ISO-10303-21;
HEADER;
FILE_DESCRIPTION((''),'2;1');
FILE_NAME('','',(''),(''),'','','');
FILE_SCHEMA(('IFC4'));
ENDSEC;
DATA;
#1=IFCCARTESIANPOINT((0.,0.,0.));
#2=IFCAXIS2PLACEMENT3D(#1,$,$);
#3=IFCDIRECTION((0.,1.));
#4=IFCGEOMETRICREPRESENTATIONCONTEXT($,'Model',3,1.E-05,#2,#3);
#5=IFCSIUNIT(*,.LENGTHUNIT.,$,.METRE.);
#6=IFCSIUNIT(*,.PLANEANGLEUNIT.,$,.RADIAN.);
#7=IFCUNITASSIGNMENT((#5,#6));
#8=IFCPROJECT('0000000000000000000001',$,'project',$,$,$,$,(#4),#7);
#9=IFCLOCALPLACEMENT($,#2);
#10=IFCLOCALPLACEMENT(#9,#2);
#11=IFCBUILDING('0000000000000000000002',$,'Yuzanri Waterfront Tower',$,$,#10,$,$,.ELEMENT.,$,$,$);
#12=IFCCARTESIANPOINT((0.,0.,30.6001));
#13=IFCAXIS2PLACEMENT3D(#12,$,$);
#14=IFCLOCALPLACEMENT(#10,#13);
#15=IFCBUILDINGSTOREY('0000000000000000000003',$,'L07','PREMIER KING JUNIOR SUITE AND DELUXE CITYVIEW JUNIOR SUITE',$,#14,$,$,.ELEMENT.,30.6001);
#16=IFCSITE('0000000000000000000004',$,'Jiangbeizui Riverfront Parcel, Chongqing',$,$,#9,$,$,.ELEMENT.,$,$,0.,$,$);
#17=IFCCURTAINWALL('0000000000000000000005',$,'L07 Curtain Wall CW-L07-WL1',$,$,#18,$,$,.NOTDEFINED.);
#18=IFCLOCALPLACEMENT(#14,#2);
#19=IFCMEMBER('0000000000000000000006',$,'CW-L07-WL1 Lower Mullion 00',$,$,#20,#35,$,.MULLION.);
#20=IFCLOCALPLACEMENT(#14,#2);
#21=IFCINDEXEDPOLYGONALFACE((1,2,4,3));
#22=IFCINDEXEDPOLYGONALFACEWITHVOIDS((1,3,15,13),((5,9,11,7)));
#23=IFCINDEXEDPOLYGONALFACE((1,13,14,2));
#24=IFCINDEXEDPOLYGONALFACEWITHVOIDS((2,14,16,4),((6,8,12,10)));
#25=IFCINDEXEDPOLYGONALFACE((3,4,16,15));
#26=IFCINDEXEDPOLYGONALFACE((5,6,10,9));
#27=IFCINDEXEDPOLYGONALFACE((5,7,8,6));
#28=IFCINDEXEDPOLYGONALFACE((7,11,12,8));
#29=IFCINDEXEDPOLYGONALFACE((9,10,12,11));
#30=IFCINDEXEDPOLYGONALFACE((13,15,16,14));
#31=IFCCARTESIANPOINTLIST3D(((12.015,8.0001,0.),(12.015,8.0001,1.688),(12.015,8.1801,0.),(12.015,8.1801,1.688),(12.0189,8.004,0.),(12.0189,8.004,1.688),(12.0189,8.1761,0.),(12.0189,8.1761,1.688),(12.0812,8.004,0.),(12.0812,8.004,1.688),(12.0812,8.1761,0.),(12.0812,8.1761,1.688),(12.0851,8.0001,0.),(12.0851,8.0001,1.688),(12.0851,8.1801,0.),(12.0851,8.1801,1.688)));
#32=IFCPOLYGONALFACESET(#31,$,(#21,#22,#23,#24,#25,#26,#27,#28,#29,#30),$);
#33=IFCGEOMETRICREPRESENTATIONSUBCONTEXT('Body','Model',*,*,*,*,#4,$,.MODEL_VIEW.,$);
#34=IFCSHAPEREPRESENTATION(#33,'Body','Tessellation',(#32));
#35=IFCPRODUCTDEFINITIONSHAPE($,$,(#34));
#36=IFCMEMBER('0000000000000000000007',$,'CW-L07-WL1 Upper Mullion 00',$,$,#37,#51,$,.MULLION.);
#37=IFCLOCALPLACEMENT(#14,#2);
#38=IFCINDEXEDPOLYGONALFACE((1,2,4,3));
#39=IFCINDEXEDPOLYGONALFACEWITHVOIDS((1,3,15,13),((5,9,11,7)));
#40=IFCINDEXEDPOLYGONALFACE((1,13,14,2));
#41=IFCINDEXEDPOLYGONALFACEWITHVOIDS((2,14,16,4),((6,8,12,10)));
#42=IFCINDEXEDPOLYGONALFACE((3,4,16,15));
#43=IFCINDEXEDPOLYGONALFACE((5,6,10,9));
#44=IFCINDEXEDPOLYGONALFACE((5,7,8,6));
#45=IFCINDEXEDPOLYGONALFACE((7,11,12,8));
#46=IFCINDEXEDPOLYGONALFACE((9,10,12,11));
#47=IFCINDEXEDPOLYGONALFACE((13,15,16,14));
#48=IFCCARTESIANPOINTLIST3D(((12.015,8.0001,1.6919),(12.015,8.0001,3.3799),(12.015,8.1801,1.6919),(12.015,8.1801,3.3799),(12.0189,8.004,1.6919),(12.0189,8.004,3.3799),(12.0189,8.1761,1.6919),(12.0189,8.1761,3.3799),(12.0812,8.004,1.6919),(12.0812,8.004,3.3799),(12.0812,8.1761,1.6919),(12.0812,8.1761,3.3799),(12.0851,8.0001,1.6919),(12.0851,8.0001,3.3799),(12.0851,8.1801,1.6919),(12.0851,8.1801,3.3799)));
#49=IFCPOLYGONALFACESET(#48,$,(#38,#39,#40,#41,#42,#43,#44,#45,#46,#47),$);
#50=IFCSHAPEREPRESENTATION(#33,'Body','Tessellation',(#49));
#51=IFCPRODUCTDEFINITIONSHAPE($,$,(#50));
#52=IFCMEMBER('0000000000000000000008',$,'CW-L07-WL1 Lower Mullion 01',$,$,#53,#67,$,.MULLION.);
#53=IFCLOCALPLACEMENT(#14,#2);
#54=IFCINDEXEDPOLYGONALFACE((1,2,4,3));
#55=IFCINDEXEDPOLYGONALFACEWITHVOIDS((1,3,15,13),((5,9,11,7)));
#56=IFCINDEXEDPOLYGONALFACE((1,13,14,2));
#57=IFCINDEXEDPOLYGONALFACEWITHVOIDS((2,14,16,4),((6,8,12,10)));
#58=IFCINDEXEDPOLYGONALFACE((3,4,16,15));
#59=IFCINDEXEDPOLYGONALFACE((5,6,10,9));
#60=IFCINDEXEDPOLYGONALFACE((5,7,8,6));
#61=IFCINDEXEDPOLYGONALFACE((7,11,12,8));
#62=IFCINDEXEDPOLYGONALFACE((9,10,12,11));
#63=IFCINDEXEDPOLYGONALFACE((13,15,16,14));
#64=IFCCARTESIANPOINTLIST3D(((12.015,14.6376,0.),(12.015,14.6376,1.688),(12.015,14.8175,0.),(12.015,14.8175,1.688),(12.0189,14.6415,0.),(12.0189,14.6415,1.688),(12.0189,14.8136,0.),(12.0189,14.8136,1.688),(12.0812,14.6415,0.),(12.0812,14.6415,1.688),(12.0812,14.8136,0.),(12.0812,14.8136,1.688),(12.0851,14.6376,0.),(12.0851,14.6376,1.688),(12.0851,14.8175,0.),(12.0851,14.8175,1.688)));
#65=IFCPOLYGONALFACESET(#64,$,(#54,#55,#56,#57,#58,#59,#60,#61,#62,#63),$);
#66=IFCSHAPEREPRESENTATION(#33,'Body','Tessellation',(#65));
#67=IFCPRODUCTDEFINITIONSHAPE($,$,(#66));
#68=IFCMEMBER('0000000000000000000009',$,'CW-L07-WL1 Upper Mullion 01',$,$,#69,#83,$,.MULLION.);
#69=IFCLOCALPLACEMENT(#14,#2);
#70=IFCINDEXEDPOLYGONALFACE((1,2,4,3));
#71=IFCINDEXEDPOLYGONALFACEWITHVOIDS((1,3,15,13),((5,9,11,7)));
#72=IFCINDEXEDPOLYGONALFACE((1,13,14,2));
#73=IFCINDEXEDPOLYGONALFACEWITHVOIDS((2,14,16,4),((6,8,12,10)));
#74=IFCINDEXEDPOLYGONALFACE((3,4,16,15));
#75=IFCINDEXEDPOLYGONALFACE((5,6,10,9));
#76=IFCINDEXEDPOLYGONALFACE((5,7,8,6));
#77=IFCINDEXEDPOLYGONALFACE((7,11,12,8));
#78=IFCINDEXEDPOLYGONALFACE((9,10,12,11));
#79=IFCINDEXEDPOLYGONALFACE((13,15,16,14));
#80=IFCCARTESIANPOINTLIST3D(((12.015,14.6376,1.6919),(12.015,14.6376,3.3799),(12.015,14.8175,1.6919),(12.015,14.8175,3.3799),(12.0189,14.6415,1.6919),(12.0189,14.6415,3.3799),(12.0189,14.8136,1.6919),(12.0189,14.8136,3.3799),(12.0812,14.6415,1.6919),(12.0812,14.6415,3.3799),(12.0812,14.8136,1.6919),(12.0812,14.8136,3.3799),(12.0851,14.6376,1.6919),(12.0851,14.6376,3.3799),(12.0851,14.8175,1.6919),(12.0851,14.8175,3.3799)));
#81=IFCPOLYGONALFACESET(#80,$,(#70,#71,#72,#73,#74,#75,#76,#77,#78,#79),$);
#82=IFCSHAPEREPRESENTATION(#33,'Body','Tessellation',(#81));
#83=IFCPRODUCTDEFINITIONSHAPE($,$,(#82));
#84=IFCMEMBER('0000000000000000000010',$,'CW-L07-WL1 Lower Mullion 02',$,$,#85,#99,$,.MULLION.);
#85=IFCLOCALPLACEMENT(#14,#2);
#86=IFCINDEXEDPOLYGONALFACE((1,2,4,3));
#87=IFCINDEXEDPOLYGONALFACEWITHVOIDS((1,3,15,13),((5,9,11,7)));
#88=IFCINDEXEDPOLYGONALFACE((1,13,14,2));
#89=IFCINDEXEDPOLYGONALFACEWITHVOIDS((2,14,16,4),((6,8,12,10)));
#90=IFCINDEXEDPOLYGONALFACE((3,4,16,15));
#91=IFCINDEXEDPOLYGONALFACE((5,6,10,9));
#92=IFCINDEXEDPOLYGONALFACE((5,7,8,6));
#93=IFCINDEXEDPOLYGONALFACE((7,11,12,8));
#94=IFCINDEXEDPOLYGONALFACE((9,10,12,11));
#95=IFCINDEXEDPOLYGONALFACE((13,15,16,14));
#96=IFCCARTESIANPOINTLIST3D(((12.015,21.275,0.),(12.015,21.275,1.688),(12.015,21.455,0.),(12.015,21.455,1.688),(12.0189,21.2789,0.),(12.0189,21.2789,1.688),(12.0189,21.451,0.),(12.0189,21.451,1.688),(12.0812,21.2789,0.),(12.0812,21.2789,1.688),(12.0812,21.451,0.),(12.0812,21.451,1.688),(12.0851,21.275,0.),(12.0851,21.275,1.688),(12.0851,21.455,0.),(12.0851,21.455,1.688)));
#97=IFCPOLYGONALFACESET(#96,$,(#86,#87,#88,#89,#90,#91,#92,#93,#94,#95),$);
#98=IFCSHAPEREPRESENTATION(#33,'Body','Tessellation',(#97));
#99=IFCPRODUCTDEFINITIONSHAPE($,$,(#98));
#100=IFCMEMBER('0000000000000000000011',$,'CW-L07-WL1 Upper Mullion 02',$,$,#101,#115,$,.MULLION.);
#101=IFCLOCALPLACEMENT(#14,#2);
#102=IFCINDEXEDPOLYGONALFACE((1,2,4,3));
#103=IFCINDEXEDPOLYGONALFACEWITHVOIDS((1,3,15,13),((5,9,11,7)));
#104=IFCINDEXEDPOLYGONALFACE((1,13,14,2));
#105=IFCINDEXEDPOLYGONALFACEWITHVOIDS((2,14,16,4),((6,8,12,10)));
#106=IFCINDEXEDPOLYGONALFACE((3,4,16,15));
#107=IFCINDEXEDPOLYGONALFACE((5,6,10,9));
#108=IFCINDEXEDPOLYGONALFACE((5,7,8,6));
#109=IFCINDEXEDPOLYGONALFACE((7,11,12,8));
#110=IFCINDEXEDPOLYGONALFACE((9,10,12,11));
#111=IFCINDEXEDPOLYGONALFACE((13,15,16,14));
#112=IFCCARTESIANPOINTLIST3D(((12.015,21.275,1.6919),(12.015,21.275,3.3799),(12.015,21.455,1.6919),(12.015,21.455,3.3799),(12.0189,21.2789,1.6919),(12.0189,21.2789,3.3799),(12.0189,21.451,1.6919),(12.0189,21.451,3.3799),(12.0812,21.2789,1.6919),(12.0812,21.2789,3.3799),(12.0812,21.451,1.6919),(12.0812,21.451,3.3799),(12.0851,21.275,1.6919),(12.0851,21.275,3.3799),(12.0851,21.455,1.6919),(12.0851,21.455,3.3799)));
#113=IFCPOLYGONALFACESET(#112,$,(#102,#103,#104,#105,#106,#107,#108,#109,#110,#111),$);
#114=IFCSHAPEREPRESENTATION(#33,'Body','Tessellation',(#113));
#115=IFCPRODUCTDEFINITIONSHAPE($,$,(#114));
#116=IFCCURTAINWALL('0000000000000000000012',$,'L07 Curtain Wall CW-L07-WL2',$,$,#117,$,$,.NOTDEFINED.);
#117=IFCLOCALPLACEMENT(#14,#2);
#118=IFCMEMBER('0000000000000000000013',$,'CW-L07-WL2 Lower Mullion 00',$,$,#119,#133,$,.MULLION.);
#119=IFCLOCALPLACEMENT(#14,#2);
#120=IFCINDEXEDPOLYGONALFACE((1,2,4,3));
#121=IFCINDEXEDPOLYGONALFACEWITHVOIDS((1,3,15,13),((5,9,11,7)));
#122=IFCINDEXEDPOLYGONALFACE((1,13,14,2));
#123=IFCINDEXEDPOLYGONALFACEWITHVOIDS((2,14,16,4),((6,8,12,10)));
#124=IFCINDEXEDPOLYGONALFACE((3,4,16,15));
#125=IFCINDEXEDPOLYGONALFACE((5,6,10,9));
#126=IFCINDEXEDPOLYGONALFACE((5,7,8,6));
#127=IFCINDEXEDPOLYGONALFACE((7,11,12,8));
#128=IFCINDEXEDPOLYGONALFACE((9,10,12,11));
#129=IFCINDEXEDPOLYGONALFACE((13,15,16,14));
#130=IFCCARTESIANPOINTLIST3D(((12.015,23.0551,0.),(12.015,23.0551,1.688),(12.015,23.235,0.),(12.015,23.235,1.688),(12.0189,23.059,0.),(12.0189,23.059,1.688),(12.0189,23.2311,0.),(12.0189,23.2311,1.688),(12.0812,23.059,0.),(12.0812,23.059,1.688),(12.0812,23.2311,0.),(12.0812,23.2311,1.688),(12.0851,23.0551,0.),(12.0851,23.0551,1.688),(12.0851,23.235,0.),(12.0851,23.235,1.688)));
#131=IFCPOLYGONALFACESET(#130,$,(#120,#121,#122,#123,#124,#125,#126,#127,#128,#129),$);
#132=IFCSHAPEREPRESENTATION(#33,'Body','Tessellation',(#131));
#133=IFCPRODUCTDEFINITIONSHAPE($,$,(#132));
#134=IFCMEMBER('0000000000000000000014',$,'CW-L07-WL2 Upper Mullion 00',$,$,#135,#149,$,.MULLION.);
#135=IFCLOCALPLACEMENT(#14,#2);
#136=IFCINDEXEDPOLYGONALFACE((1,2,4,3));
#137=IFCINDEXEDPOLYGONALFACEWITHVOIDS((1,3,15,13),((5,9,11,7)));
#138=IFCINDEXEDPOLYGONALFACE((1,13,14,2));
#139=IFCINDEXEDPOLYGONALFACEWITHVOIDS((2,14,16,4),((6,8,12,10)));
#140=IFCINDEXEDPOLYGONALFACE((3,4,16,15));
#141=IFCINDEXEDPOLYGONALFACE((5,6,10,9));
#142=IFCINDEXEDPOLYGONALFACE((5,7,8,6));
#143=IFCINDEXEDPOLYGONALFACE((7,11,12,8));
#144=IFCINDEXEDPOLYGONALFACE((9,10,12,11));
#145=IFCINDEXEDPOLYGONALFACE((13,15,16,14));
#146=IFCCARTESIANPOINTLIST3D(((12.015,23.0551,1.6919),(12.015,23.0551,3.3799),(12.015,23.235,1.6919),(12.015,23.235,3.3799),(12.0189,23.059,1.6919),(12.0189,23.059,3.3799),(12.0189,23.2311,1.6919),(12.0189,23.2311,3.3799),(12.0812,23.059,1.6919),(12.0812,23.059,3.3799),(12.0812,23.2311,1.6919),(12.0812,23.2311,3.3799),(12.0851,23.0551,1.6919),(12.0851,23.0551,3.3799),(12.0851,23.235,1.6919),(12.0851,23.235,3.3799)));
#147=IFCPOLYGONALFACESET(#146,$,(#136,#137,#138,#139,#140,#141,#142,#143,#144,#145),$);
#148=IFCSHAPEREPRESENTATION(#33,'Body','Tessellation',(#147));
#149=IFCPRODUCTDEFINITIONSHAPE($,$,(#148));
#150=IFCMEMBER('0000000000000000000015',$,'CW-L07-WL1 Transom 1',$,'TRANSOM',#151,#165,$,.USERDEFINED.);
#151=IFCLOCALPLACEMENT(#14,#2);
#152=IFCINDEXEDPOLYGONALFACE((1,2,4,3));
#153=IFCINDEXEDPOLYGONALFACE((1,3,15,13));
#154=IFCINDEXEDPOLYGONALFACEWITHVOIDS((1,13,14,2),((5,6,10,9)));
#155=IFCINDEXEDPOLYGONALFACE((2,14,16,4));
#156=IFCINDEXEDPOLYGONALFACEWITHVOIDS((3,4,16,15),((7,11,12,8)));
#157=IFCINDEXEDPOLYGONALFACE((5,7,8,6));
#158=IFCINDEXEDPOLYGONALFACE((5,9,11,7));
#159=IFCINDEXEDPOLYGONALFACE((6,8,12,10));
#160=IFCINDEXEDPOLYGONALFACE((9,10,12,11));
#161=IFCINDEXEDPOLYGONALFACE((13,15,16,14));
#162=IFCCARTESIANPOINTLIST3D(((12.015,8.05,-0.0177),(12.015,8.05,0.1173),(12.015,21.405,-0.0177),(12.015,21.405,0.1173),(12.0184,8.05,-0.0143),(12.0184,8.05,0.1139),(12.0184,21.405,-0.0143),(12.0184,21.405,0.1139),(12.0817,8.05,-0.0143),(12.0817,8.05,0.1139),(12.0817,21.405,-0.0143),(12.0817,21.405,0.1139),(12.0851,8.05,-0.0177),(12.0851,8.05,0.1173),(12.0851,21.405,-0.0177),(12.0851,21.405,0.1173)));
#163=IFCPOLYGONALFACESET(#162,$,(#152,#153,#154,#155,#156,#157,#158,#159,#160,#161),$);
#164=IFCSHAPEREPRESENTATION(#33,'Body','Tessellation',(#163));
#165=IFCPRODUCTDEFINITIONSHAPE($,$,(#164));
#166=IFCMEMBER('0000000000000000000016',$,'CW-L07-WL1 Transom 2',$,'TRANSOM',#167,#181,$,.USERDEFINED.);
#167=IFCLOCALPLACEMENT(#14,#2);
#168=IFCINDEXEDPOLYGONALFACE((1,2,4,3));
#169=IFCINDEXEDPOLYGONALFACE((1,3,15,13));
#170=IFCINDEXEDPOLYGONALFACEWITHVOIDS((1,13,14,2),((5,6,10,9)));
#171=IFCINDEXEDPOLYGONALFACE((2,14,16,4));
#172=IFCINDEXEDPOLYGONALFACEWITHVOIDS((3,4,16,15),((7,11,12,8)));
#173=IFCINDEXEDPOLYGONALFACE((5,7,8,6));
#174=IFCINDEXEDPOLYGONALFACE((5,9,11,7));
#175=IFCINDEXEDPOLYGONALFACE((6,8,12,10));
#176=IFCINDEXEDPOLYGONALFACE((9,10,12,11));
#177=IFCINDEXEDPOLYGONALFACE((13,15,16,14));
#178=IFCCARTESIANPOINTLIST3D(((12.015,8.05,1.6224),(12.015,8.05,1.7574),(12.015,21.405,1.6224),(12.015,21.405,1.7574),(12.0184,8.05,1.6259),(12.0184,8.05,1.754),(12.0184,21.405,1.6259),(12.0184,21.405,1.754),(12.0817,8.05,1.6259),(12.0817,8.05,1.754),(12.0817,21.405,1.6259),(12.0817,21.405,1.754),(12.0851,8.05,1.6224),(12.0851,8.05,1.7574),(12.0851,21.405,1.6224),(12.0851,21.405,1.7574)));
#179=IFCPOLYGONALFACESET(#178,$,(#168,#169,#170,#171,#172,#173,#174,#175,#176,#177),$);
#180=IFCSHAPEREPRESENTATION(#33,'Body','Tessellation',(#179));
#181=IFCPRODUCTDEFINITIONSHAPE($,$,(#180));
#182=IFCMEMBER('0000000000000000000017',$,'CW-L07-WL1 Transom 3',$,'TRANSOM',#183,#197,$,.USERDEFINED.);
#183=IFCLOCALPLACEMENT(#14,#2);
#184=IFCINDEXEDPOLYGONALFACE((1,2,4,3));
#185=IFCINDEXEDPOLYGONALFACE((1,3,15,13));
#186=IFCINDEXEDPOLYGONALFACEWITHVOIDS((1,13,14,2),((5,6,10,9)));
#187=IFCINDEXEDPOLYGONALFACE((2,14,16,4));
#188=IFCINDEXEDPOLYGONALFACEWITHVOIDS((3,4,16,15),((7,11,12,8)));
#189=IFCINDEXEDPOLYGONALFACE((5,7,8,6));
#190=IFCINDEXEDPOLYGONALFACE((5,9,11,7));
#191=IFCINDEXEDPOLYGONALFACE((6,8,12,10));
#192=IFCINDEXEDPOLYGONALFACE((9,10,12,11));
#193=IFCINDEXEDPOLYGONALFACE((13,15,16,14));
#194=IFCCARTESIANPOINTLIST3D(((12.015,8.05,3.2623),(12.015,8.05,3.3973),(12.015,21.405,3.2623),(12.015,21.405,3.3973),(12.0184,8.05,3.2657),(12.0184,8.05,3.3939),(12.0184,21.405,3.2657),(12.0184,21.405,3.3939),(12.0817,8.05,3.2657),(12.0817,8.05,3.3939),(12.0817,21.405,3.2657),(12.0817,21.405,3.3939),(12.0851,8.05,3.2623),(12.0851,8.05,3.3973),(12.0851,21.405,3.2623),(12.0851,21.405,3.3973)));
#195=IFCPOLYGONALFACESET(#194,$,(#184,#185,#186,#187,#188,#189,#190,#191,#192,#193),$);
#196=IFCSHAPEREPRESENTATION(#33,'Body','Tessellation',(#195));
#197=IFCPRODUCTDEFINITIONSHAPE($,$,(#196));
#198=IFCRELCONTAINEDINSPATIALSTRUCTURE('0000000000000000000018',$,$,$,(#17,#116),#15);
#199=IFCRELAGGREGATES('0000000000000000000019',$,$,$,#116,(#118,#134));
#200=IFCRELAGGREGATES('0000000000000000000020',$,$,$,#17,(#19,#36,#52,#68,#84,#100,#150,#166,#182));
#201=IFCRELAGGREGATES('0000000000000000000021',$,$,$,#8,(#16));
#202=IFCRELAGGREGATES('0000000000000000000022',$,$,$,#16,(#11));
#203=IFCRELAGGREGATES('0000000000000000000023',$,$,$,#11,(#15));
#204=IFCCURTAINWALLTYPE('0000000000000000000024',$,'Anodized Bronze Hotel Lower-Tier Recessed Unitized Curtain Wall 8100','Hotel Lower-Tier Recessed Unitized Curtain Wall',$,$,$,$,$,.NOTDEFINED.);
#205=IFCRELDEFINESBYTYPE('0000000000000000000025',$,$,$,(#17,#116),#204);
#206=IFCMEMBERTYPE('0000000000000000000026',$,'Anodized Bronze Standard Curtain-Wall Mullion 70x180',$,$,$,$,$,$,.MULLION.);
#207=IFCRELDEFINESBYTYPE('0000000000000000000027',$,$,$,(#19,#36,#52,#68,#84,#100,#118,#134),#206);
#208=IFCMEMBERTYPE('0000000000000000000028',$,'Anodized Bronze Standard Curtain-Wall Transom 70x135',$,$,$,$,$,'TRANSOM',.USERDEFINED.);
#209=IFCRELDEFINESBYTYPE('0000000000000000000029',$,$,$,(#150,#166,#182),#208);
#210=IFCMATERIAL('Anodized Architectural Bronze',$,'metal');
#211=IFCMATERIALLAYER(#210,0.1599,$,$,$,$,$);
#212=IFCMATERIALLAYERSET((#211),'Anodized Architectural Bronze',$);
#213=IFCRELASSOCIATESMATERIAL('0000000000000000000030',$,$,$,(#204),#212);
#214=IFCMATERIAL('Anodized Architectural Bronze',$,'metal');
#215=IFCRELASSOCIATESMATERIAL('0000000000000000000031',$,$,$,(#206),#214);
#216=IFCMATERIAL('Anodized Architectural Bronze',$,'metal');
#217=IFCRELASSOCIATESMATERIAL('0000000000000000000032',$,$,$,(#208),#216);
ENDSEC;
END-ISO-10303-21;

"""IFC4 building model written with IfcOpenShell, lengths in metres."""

from ifc_helpers import new_model, si_unit, direction, frame, origin, origin_2d, place, context, subcontext, project, spatial, hollow_rectangle, extrude, source, transform, mapped, material, layer, layer_set, material_profile, profile_set, type_object, element, aggregate, save


model = new_model("IFC4")

# Units and contexts
model_context = context("Model", 3, precision=1e-05, world=origin(), true_north=direction((0.0, 1.0)))
body_context = subcontext(model_context, "Body", "Model", "MODEL_VIEW")
ifc_project = project(units=[si_unit("LENGTHUNIT", "METRE"), si_unit("PLANEANGLEUNIT", "RADIAN")], contexts=[model_context])

# Site, building, storey
site_placement = place(None, origin())
site = spatial("IfcSite", under=ifc_project, at=site_placement, Name="Jiangbeizui Riverfront Parcel, Chongqing", CompositionType="ELEMENT", RefElevation=0.0)
building_placement = place(site_placement, origin())
building = spatial("IfcBuilding", under=site, at=building_placement, Name="Yuzanri Waterfront Tower", CompositionType="ELEMENT")
storey_placement = place(building_placement, frame((0.0, 0.0, 30.6001)))
storey = spatial("IfcBuildingStorey", under=building, at=storey_placement, Name="L07", Description="PREMIER KING JUNIOR SUITE AND DELUXE CITYVIEW JUNIOR SUITE", CompositionType="ELEMENT", Elevation=30.6001)

# Curtain walls, members
ifc_material_1 = material(Name="Anodized Architectural Bronze", Category="metal")
ifc_layer_1 = layer(ifc_material_1, 0.1599)
ifc_layer_set_1 = layer_set([ifc_layer_1], Name="Anodized Architectural Bronze")
curtain_wall_type = type_object("IfcCurtainWallType", Name="Anodized Bronze Hotel Lower-Tier Recessed Unitized Curtain Wall 8100", Description="Hotel Lower-Tier Recessed Unitized Curtain Wall", PredefinedType="NOTDEFINED", material=ifc_layer_set_1)
curtain_wall_1_placement = place(storey_placement, origin())
curtain_wall_1 = element("IfcCurtainWall", 1, at=curtain_wall_1_placement, inside=storey, type_object=curtain_wall_type, Name="L07 Curtain Wall CW-L07-WL1", PredefinedType="NOTDEFINED")
ifc_material_2 = material(Name="Anodized Architectural Bronze", Category="metal")
ifc_material_profile_1 = material_profile(ifc_material_2, hollow_rectangle(XDim=0.0701, YDim=0.1799, WallThickness=0.0039, at=origin_2d()), Name="CWM 70x180")
ifc_profile_set_1 = profile_set([ifc_material_profile_1], Name="Anodized Architectural Bronze")
member_type_1 = type_object("IfcMemberType", Name="Anodized Bronze Standard Curtain-Wall Mullion 70x180", PredefinedType="MULLION", material=ifc_profile_set_1)
shared_shape_1 = source(origin(), body_context, "Body", "SweptSolid", [
    extrude(hollow_rectangle(XDim=0.0701, YDim=0.1799, WallThickness=0.0039, at=origin_2d()), origin(), (0.0, 0.0, 1.0), 1.688),
])
member_1_placement = place(storey_placement, frame((12.05, 8.0901, 0.0), z_axis=(0.0, 0.0, 1.0), x_axis=(1.0, 0.0, 0.0)))
member_1 = element("IfcMember", 2, at=member_1_placement, type_object=member_type_1, Name="CW-L07-WL1 Lower Mullion 00", PredefinedType="MULLION", context=body_context, shape_type="MappedRepresentation", body=[
    mapped(shared_shape_1, transform((0.0, 0.0, 0.0), scale=1.0)),
])
member_2_placement = place(storey_placement, frame((12.05, 8.0901, 1.6919), z_axis=(0.0, 0.0, 1.0), x_axis=(1.0, 0.0, 0.0)))
member_2 = element("IfcMember", 3, at=member_2_placement, type_object=member_type_1, Name="CW-L07-WL1 Upper Mullion 00", PredefinedType="MULLION", context=body_context, shape_type="MappedRepresentation", body=[
    mapped(shared_shape_1, transform((0.0, 0.0, 0.0), scale=1.0)),
])
member_3_placement = place(storey_placement, frame((12.05, 14.7275, 0.0), z_axis=(0.0, 0.0, 1.0), x_axis=(1.0, 0.0, 0.0)))
member_3 = element("IfcMember", 4, at=member_3_placement, type_object=member_type_1, Name="CW-L07-WL1 Lower Mullion 01", PredefinedType="MULLION", context=body_context, shape_type="MappedRepresentation", body=[
    mapped(shared_shape_1, transform((0.0, 0.0, 0.0), scale=1.0)),
])
member_4_placement = place(storey_placement, frame((12.05, 14.7275, 1.6919), z_axis=(0.0, 0.0, 1.0), x_axis=(1.0, 0.0, 0.0)))
member_4 = element("IfcMember", 5, at=member_4_placement, type_object=member_type_1, Name="CW-L07-WL1 Upper Mullion 01", PredefinedType="MULLION", context=body_context, shape_type="MappedRepresentation", body=[
    mapped(shared_shape_1, transform((0.0, 0.0, 0.0), scale=1.0)),
])
member_5_placement = place(storey_placement, frame((12.05, 21.365, 0.0), z_axis=(0.0, 0.0, 1.0), x_axis=(1.0, 0.0, 0.0)))
member_5 = element("IfcMember", 6, at=member_5_placement, type_object=member_type_1, Name="CW-L07-WL1 Lower Mullion 02", PredefinedType="MULLION", context=body_context, shape_type="MappedRepresentation", body=[
    mapped(shared_shape_1, transform((0.0, 0.0, 0.0), scale=1.0)),
])
member_6_placement = place(storey_placement, frame((12.05, 21.365, 1.6919), z_axis=(0.0, 0.0, 1.0), x_axis=(1.0, 0.0, 0.0)))
member_6 = element("IfcMember", 7, at=member_6_placement, type_object=member_type_1, Name="CW-L07-WL1 Upper Mullion 02", PredefinedType="MULLION", context=body_context, shape_type="MappedRepresentation", body=[
    mapped(shared_shape_1, transform((0.0, 0.0, 0.0), scale=1.0)),
])
curtain_wall_2_placement = place(storey_placement, origin())
curtain_wall_2 = element("IfcCurtainWall", 8, at=curtain_wall_2_placement, inside=storey, type_object=curtain_wall_type, Name="L07 Curtain Wall CW-L07-WL2", PredefinedType="NOTDEFINED")
member_7_placement = place(storey_placement, frame((12.05, 23.145, 0.0), z_axis=(0.0, 0.0, 1.0), x_axis=(1.0, 0.0, 0.0)))
member_7 = element("IfcMember", 9, at=member_7_placement, type_object=member_type_1, Name="CW-L07-WL2 Lower Mullion 00", PredefinedType="MULLION", context=body_context, shape_type="MappedRepresentation", body=[
    mapped(shared_shape_1, transform((0.0, 0.0, 0.0), scale=1.0)),
])
member_8_placement = place(storey_placement, frame((12.05, 23.145, 1.6919), z_axis=(0.0, 0.0, 1.0), x_axis=(1.0, 0.0, 0.0)))
member_8 = element("IfcMember", 10, at=member_8_placement, type_object=member_type_1, Name="CW-L07-WL2 Upper Mullion 00", PredefinedType="MULLION", context=body_context, shape_type="MappedRepresentation", body=[
    mapped(shared_shape_1, transform((0.0, 0.0, 0.0), scale=1.0)),
])

# Members
ifc_material_3 = material(Name="Anodized Architectural Bronze", Category="metal")
ifc_material_profile_2 = material_profile(ifc_material_3, hollow_rectangle(XDim=0.0701, YDim=0.135, WallThickness=0.0034, at=origin_2d()), Name="CWT 70x135")
ifc_profile_set_2 = profile_set([ifc_material_profile_2], Name="Anodized Architectural Bronze")
member_type_2 = type_object("IfcMemberType", Name="Anodized Bronze Standard Curtain-Wall Transom 70x135", ElementType="TRANSOM", PredefinedType="USERDEFINED", material=ifc_profile_set_2)
shared_shape_2 = source(origin(), body_context, "Body", "SweptSolid", [
    extrude(hollow_rectangle(XDim=0.0701, YDim=0.135, WallThickness=0.0034, at=origin_2d()), origin(), (0.0, 0.0, 1.0), 13.355),
])
member_9_placement = place(storey_placement, frame((12.05, 8.05, 0.0498), z_axis=(0.0, 1.0, 0.0), x_axis=(-1.0, 0.0, 0.0)))
member_9 = element("IfcMember", 11, at=member_9_placement, type_object=member_type_2, Name="CW-L07-WL1 Transom 1", ObjectType="TRANSOM", PredefinedType="USERDEFINED", context=body_context, shape_type="MappedRepresentation", body=[
    mapped(shared_shape_2, transform((0.0, 0.0, 0.0), scale=1.0)),
])
member_10_placement = place(storey_placement, frame((12.05, 8.05, 1.6899), z_axis=(0.0, 1.0, 0.0), x_axis=(-1.0, 0.0, 0.0)))
member_10 = element("IfcMember", 12, at=member_10_placement, type_object=member_type_2, Name="CW-L07-WL1 Transom 2", ObjectType="TRANSOM", PredefinedType="USERDEFINED", context=body_context, shape_type="MappedRepresentation", body=[
    mapped(shared_shape_2, transform((0.0, 0.0, 0.0), scale=1.0)),
])
member_11_placement = place(storey_placement, frame((12.05, 8.05, 3.3298), z_axis=(0.0, 1.0, 0.0), x_axis=(-1.0, 0.0, 0.0)))
member_11 = element("IfcMember", 13, at=member_11_placement, type_object=member_type_2, Name="CW-L07-WL1 Transom 3", ObjectType="TRANSOM", PredefinedType="USERDEFINED", context=body_context, shape_type="MappedRepresentation", body=[
    mapped(shared_shape_2, transform((0.0, 0.0, 0.0), scale=1.0)),
])
aggregate(curtain_wall_2, [member_7, member_8])

aggregate(curtain_wall_1, [member_1, member_2, member_3, member_4, member_5, member_6, member_9, member_10, member_11])

save(model, "model.ifc")
